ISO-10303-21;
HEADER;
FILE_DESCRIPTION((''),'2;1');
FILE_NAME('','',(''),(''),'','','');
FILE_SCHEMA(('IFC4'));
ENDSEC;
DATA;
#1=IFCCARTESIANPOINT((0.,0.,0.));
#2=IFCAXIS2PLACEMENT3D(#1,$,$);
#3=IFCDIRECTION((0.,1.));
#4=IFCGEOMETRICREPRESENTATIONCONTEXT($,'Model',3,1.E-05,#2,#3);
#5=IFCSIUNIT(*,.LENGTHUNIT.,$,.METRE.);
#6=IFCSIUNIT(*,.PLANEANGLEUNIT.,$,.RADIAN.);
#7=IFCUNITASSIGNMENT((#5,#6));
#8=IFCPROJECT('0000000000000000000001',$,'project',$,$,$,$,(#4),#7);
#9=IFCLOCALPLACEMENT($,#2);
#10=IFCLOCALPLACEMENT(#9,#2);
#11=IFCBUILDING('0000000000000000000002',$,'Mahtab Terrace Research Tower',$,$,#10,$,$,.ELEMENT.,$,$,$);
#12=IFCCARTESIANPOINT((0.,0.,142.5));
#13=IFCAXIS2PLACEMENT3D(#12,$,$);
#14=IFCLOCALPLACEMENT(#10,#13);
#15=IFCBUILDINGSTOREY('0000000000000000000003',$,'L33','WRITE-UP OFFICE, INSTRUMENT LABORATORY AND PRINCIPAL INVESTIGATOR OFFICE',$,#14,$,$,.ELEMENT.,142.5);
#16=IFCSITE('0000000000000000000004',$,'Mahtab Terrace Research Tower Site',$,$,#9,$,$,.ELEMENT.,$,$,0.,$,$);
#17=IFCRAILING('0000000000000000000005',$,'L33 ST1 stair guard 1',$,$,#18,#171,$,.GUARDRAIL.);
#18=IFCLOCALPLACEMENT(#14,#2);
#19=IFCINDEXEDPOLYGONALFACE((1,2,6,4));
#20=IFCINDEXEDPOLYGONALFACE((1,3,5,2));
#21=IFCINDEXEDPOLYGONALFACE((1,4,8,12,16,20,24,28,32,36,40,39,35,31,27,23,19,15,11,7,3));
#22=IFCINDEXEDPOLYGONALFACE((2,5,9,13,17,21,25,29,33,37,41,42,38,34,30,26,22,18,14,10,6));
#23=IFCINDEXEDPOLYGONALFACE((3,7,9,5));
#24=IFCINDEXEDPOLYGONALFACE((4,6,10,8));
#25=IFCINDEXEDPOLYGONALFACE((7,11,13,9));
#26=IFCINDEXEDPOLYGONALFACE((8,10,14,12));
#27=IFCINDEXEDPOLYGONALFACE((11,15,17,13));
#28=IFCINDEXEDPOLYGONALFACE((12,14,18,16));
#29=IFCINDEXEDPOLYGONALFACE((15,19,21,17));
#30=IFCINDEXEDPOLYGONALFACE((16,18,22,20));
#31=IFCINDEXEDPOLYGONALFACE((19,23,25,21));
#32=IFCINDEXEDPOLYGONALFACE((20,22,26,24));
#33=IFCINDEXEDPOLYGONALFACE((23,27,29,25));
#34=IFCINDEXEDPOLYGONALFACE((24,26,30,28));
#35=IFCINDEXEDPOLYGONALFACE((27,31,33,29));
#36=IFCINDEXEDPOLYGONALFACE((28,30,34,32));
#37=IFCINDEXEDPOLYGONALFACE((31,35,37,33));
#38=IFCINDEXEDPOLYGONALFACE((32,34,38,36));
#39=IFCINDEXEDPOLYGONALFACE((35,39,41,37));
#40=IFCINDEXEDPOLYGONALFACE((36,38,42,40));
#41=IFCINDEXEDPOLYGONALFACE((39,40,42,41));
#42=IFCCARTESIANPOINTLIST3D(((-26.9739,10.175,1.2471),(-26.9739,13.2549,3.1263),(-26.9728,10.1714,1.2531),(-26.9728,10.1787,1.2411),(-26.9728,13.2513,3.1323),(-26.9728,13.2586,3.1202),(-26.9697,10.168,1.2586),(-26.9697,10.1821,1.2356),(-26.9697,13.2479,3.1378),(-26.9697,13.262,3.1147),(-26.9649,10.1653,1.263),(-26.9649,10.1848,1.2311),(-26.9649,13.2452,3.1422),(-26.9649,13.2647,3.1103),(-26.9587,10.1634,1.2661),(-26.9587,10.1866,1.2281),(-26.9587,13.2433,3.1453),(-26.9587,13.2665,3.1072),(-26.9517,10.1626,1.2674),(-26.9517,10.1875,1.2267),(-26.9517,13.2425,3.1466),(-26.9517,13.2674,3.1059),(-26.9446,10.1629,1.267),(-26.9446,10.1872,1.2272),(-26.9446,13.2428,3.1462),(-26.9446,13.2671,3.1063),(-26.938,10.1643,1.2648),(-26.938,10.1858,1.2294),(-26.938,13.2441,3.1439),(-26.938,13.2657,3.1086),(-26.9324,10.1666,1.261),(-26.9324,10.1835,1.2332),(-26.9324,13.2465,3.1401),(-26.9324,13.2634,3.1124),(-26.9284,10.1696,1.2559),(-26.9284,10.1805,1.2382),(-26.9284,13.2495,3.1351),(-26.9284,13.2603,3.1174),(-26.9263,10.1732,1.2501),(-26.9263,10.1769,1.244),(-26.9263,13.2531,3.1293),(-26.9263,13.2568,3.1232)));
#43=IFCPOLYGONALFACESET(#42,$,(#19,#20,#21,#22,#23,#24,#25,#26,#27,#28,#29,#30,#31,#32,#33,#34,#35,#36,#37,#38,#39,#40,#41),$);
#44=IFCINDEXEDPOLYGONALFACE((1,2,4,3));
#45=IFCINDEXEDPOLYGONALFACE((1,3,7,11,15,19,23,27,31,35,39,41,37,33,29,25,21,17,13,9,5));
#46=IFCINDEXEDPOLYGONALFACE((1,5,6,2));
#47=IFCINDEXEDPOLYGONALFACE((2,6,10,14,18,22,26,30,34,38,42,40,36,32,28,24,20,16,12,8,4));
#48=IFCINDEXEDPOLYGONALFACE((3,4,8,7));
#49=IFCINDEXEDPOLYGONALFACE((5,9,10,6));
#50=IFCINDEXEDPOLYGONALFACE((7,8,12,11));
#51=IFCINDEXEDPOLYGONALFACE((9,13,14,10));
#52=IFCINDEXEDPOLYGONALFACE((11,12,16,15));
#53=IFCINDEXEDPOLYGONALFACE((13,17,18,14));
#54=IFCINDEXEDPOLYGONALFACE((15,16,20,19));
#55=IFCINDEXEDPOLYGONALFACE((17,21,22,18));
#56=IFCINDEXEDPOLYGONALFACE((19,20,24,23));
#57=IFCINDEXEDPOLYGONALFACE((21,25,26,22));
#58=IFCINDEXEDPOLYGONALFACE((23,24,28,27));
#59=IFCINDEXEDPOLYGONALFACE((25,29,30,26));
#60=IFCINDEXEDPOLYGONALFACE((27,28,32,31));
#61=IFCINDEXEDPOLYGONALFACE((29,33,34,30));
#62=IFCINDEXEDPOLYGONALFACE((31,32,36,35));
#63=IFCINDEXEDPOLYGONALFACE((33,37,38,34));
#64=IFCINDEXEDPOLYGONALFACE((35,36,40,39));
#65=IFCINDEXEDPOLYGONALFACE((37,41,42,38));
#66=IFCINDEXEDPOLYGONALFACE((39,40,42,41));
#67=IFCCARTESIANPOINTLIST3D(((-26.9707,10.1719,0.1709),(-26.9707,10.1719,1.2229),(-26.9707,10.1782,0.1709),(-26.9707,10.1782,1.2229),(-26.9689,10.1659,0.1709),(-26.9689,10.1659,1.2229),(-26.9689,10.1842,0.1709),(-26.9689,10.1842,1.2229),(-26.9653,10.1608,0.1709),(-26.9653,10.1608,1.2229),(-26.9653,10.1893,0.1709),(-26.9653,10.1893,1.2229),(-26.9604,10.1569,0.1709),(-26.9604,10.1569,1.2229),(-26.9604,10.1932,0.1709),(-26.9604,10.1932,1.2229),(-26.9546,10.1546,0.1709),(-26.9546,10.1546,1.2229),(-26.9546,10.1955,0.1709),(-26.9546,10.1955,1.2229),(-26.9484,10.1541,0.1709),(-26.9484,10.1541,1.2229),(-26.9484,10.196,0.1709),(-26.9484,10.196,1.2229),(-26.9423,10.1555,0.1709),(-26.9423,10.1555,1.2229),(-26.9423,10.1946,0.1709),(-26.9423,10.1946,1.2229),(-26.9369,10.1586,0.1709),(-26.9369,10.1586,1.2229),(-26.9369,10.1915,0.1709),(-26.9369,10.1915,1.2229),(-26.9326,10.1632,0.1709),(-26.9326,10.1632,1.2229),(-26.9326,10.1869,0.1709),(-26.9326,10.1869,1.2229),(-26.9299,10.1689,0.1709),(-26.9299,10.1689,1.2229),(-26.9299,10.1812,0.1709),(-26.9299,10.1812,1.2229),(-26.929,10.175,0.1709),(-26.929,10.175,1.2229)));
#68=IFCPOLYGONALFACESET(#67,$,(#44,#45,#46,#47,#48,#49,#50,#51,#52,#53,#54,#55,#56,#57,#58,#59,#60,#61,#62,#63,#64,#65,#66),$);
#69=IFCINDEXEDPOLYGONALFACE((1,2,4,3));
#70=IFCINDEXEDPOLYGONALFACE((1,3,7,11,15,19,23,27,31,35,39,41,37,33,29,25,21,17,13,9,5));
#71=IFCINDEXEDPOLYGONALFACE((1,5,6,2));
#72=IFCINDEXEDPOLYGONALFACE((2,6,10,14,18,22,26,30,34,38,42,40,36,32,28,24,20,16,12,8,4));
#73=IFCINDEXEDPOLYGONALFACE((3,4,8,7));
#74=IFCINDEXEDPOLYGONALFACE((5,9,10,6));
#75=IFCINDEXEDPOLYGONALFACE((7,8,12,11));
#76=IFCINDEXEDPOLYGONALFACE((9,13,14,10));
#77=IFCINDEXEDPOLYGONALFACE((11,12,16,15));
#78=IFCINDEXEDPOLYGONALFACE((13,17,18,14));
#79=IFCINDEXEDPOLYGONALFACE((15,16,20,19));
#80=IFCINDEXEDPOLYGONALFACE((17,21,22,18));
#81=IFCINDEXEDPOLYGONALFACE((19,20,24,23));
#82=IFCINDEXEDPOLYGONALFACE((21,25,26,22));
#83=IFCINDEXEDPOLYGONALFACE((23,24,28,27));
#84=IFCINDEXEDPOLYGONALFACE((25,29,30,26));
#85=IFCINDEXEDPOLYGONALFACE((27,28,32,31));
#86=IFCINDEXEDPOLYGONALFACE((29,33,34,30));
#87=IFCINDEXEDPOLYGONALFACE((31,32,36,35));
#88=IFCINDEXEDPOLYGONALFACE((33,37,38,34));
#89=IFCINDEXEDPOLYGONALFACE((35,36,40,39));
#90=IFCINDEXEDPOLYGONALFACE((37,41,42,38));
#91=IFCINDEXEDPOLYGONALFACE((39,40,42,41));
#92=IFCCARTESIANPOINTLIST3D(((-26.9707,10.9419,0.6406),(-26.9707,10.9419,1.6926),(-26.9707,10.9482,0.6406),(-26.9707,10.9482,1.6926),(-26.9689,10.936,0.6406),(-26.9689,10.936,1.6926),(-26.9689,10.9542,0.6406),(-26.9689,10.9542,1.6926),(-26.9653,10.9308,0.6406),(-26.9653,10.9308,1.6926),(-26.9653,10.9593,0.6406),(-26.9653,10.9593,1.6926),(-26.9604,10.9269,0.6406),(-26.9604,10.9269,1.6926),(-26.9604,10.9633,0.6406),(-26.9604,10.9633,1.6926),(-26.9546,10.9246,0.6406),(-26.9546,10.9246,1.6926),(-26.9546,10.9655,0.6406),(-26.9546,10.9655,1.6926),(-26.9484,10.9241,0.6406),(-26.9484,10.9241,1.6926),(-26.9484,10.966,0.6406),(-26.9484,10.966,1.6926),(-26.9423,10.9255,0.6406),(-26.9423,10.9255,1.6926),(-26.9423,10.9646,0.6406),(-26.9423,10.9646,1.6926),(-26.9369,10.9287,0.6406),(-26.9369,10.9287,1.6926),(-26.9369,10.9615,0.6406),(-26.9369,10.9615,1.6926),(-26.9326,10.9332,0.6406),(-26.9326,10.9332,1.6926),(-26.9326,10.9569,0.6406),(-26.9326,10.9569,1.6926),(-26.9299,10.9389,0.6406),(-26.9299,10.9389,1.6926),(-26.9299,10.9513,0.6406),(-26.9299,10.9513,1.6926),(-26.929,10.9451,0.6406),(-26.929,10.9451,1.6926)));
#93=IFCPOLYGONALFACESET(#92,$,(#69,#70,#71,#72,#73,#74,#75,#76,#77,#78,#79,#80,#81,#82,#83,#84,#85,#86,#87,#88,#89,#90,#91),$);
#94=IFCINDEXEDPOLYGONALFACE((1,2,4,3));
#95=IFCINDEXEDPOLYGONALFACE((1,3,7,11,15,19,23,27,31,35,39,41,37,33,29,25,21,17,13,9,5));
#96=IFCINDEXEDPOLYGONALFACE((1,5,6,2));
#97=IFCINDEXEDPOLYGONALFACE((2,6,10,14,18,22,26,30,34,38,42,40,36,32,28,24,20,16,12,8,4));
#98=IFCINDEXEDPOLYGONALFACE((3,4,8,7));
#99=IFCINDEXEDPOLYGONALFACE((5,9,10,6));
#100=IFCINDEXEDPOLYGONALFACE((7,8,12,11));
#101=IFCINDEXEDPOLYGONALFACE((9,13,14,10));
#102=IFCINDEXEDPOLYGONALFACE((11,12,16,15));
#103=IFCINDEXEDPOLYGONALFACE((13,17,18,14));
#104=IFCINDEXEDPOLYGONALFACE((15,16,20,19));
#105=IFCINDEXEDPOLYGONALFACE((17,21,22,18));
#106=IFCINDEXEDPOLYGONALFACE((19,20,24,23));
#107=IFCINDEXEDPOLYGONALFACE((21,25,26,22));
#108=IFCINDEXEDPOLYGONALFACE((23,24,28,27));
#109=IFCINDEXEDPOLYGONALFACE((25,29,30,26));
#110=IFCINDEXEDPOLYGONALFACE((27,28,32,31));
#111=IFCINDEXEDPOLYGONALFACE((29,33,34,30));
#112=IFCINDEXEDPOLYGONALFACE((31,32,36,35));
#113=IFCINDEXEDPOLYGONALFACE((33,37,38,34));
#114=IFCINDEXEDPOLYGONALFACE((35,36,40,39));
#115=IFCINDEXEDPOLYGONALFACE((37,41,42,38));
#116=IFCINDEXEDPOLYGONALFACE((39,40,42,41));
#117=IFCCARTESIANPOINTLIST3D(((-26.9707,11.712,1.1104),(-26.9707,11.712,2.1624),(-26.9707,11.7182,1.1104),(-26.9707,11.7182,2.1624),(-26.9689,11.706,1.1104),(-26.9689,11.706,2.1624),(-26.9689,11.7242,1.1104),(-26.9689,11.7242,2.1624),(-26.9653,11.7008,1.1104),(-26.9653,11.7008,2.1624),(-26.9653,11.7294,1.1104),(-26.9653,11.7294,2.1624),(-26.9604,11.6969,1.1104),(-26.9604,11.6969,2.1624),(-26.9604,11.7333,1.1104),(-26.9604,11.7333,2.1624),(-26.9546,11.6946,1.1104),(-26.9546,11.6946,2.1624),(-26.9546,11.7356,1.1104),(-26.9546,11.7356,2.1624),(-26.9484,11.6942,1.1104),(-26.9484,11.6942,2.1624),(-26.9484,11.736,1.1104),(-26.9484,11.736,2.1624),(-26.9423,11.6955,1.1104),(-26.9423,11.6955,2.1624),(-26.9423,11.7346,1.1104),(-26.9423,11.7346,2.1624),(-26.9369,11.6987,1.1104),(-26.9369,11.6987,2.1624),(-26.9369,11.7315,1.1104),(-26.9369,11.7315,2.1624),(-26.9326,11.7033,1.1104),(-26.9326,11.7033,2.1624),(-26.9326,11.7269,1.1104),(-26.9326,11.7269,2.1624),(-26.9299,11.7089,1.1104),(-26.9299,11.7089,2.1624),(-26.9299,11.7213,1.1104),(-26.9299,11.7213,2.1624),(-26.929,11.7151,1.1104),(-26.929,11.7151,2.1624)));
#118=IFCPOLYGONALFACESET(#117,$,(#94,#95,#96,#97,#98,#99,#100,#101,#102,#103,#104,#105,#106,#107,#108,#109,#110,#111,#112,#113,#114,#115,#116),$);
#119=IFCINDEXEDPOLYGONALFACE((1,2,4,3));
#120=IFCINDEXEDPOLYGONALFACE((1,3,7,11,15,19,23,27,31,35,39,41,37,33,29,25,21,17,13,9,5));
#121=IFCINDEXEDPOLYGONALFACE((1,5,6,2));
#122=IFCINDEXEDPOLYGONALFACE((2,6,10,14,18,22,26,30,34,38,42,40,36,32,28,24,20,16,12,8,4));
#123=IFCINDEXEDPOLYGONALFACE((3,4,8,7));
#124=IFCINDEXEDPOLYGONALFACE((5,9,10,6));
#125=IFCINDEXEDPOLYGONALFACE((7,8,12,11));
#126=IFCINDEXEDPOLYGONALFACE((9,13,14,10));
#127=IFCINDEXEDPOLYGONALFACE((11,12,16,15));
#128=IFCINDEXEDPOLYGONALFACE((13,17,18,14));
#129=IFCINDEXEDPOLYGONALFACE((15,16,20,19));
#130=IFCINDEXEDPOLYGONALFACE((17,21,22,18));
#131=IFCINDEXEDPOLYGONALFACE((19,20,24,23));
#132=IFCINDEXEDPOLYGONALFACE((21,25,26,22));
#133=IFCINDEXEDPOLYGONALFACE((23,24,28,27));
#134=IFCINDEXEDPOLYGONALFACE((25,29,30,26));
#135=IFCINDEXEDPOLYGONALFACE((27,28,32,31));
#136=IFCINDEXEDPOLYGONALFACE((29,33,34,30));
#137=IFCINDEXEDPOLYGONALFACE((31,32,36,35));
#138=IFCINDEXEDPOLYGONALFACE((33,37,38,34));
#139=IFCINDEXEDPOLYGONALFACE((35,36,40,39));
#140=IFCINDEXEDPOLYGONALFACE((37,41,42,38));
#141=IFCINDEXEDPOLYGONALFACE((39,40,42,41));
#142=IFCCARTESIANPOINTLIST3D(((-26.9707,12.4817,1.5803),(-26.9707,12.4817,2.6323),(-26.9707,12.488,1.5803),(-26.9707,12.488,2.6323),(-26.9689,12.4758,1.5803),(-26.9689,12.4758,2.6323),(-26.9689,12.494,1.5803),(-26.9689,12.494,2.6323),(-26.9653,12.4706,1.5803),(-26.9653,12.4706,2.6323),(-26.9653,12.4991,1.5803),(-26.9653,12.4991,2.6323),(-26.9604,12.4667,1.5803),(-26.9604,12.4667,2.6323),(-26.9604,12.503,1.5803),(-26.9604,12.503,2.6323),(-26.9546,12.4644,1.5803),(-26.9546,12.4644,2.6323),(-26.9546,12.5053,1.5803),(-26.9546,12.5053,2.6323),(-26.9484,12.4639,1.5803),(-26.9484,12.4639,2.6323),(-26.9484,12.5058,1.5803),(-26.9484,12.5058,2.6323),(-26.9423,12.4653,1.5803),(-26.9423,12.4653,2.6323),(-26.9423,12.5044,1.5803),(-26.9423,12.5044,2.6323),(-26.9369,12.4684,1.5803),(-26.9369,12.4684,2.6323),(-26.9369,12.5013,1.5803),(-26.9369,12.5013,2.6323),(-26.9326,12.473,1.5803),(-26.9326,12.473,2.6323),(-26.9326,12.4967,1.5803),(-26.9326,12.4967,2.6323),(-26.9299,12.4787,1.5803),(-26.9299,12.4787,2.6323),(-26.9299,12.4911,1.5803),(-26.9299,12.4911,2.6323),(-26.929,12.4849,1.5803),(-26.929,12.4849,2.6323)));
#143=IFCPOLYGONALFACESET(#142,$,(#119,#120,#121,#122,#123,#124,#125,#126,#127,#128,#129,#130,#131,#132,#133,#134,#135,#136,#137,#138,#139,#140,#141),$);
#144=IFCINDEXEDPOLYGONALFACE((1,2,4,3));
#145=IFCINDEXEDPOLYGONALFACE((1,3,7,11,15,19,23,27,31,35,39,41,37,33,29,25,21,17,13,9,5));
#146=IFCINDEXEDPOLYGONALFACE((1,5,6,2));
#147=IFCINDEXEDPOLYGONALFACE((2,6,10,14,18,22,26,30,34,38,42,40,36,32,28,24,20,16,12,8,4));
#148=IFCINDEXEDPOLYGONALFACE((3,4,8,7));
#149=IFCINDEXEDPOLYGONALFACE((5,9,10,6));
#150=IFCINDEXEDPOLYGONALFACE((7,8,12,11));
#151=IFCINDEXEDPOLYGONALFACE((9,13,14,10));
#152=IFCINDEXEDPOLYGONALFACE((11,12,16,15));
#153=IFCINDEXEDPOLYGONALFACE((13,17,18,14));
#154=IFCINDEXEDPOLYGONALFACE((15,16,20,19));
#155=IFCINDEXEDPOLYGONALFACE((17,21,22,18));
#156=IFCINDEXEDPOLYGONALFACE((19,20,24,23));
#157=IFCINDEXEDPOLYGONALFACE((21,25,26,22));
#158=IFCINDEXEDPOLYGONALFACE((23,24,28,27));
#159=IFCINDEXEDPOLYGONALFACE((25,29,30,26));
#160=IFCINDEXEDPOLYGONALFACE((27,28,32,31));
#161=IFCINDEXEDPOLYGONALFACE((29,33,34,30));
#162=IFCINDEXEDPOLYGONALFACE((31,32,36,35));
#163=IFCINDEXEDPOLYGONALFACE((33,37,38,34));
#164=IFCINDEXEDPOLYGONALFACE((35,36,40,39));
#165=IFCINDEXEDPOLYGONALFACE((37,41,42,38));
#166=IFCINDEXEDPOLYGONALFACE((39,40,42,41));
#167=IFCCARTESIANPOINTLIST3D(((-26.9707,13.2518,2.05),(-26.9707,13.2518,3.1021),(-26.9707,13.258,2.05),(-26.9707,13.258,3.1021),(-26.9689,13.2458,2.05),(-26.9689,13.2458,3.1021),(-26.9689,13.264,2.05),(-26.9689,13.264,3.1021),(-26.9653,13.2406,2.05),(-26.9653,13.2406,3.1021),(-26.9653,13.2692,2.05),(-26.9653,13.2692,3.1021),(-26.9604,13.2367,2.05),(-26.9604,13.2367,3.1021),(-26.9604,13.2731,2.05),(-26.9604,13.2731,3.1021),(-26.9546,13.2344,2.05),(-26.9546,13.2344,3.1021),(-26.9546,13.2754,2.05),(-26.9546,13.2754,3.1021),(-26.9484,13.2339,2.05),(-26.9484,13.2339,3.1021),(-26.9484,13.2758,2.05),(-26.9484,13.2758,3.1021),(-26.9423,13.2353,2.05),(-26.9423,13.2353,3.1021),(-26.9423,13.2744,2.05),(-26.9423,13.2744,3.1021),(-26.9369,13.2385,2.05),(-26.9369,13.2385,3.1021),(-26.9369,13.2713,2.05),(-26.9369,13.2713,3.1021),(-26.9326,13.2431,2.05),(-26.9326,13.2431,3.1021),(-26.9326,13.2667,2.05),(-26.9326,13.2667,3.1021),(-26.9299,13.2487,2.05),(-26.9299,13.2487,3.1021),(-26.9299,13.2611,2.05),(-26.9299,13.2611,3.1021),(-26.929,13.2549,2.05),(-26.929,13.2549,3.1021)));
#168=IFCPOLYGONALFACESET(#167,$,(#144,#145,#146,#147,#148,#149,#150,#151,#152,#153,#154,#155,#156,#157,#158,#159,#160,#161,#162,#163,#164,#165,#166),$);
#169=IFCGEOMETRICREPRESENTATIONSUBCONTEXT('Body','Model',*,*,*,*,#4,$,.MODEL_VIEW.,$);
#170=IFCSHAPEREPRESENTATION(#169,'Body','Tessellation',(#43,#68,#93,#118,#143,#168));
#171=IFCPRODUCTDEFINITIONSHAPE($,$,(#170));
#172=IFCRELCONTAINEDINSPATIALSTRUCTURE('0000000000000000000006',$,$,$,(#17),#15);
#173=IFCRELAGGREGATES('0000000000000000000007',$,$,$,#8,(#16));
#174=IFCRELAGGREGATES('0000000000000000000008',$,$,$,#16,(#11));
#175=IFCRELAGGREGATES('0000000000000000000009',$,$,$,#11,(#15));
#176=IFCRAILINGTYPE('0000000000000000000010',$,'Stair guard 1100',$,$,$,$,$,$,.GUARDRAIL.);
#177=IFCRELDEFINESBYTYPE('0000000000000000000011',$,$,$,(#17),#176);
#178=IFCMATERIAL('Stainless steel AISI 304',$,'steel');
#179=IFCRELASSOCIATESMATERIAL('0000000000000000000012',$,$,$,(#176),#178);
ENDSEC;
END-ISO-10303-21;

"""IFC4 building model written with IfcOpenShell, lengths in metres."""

from ifc_helpers import new_model, si_unit, direction, frame, origin, origin_2d, place, context, subcontext, project, spatial, circle, extrude, material, type_object, element, save


model = new_model("IFC4")

# Units and contexts
model_context = context("Model", 3, precision=1e-05, world=origin(), true_north=direction((0.0, 1.0)))
body_context = subcontext(model_context, "Body", "Model", "MODEL_VIEW")
ifc_project = project(units=[si_unit("LENGTHUNIT", "METRE"), si_unit("PLANEANGLEUNIT", "RADIAN")], contexts=[model_context])

# Site, building, storey
site_placement = place(None, origin())
site = spatial("IfcSite", under=ifc_project, at=site_placement, Name="Mahtab Terrace Research Tower Site", CompositionType="ELEMENT", RefElevation=0.0)
building_placement = place(site_placement, origin())
building = spatial("IfcBuilding", under=site, at=building_placement, Name="Mahtab Terrace Research Tower", CompositionType="ELEMENT")
storey_placement = place(building_placement, frame((0.0, 0.0, 142.5)))
storey = spatial("IfcBuildingStorey", under=building, at=storey_placement, Name="L33", Description="WRITE-UP OFFICE, INSTRUMENT LABORATORY AND PRINCIPAL INVESTIGATOR OFFICE", CompositionType="ELEMENT", Elevation=142.5)

# Railing
ifc_material_1 = material(Name="Stainless steel AISI 304", Category="steel")
railing_type_1 = type_object("IfcRailingType", Name="Stair guard 1100", PredefinedType="GUARDRAIL", material=ifc_material_1)
railing_1_placement = place(storey_placement, frame((-26.95, 10.175, 0.1709)))
element("IfcRailing", 1, at=railing_1_placement, inside=storey, type_object=railing_type_1, Name="L33 ST1 stair guard 1", PredefinedType="GUARDRAIL", context=body_context, shape_type="SweptSolid", body=[
    extrude(circle(Radius=0.0239, at=origin_2d()), frame((0.0, 0.0, 1.0762), z_axis=(0.0, 0.853648, 0.52085), x_axis=(-1.0, 0.0, 0.0)), (0.0, 0.0, 1.0), 3.6079),
    extrude(circle(Radius=0.021, at=origin_2d()), origin(), (0.0, 0.0, 1.0), 1.052),
    extrude(circle(Radius=0.021, at=origin_2d()), frame((0.0, 0.77, 0.4697)), (0.0, 0.0, 1.0), 1.052),
    extrude(circle(Radius=0.021, at=origin_2d()), frame((0.0, 1.54, 0.9395)), (0.0, 0.0, 1.0), 1.052),
    extrude(circle(Radius=0.021, at=origin_2d()), frame((0.0, 2.3098, 1.4094)), (0.0, 0.0, 1.0), 1.052),
    extrude(circle(Radius=0.021, at=origin_2d()), frame((0.0, 3.0798, 1.8792)), (0.0, 0.0, 1.0), 1.052),
])

save(model, "model.ifc")
